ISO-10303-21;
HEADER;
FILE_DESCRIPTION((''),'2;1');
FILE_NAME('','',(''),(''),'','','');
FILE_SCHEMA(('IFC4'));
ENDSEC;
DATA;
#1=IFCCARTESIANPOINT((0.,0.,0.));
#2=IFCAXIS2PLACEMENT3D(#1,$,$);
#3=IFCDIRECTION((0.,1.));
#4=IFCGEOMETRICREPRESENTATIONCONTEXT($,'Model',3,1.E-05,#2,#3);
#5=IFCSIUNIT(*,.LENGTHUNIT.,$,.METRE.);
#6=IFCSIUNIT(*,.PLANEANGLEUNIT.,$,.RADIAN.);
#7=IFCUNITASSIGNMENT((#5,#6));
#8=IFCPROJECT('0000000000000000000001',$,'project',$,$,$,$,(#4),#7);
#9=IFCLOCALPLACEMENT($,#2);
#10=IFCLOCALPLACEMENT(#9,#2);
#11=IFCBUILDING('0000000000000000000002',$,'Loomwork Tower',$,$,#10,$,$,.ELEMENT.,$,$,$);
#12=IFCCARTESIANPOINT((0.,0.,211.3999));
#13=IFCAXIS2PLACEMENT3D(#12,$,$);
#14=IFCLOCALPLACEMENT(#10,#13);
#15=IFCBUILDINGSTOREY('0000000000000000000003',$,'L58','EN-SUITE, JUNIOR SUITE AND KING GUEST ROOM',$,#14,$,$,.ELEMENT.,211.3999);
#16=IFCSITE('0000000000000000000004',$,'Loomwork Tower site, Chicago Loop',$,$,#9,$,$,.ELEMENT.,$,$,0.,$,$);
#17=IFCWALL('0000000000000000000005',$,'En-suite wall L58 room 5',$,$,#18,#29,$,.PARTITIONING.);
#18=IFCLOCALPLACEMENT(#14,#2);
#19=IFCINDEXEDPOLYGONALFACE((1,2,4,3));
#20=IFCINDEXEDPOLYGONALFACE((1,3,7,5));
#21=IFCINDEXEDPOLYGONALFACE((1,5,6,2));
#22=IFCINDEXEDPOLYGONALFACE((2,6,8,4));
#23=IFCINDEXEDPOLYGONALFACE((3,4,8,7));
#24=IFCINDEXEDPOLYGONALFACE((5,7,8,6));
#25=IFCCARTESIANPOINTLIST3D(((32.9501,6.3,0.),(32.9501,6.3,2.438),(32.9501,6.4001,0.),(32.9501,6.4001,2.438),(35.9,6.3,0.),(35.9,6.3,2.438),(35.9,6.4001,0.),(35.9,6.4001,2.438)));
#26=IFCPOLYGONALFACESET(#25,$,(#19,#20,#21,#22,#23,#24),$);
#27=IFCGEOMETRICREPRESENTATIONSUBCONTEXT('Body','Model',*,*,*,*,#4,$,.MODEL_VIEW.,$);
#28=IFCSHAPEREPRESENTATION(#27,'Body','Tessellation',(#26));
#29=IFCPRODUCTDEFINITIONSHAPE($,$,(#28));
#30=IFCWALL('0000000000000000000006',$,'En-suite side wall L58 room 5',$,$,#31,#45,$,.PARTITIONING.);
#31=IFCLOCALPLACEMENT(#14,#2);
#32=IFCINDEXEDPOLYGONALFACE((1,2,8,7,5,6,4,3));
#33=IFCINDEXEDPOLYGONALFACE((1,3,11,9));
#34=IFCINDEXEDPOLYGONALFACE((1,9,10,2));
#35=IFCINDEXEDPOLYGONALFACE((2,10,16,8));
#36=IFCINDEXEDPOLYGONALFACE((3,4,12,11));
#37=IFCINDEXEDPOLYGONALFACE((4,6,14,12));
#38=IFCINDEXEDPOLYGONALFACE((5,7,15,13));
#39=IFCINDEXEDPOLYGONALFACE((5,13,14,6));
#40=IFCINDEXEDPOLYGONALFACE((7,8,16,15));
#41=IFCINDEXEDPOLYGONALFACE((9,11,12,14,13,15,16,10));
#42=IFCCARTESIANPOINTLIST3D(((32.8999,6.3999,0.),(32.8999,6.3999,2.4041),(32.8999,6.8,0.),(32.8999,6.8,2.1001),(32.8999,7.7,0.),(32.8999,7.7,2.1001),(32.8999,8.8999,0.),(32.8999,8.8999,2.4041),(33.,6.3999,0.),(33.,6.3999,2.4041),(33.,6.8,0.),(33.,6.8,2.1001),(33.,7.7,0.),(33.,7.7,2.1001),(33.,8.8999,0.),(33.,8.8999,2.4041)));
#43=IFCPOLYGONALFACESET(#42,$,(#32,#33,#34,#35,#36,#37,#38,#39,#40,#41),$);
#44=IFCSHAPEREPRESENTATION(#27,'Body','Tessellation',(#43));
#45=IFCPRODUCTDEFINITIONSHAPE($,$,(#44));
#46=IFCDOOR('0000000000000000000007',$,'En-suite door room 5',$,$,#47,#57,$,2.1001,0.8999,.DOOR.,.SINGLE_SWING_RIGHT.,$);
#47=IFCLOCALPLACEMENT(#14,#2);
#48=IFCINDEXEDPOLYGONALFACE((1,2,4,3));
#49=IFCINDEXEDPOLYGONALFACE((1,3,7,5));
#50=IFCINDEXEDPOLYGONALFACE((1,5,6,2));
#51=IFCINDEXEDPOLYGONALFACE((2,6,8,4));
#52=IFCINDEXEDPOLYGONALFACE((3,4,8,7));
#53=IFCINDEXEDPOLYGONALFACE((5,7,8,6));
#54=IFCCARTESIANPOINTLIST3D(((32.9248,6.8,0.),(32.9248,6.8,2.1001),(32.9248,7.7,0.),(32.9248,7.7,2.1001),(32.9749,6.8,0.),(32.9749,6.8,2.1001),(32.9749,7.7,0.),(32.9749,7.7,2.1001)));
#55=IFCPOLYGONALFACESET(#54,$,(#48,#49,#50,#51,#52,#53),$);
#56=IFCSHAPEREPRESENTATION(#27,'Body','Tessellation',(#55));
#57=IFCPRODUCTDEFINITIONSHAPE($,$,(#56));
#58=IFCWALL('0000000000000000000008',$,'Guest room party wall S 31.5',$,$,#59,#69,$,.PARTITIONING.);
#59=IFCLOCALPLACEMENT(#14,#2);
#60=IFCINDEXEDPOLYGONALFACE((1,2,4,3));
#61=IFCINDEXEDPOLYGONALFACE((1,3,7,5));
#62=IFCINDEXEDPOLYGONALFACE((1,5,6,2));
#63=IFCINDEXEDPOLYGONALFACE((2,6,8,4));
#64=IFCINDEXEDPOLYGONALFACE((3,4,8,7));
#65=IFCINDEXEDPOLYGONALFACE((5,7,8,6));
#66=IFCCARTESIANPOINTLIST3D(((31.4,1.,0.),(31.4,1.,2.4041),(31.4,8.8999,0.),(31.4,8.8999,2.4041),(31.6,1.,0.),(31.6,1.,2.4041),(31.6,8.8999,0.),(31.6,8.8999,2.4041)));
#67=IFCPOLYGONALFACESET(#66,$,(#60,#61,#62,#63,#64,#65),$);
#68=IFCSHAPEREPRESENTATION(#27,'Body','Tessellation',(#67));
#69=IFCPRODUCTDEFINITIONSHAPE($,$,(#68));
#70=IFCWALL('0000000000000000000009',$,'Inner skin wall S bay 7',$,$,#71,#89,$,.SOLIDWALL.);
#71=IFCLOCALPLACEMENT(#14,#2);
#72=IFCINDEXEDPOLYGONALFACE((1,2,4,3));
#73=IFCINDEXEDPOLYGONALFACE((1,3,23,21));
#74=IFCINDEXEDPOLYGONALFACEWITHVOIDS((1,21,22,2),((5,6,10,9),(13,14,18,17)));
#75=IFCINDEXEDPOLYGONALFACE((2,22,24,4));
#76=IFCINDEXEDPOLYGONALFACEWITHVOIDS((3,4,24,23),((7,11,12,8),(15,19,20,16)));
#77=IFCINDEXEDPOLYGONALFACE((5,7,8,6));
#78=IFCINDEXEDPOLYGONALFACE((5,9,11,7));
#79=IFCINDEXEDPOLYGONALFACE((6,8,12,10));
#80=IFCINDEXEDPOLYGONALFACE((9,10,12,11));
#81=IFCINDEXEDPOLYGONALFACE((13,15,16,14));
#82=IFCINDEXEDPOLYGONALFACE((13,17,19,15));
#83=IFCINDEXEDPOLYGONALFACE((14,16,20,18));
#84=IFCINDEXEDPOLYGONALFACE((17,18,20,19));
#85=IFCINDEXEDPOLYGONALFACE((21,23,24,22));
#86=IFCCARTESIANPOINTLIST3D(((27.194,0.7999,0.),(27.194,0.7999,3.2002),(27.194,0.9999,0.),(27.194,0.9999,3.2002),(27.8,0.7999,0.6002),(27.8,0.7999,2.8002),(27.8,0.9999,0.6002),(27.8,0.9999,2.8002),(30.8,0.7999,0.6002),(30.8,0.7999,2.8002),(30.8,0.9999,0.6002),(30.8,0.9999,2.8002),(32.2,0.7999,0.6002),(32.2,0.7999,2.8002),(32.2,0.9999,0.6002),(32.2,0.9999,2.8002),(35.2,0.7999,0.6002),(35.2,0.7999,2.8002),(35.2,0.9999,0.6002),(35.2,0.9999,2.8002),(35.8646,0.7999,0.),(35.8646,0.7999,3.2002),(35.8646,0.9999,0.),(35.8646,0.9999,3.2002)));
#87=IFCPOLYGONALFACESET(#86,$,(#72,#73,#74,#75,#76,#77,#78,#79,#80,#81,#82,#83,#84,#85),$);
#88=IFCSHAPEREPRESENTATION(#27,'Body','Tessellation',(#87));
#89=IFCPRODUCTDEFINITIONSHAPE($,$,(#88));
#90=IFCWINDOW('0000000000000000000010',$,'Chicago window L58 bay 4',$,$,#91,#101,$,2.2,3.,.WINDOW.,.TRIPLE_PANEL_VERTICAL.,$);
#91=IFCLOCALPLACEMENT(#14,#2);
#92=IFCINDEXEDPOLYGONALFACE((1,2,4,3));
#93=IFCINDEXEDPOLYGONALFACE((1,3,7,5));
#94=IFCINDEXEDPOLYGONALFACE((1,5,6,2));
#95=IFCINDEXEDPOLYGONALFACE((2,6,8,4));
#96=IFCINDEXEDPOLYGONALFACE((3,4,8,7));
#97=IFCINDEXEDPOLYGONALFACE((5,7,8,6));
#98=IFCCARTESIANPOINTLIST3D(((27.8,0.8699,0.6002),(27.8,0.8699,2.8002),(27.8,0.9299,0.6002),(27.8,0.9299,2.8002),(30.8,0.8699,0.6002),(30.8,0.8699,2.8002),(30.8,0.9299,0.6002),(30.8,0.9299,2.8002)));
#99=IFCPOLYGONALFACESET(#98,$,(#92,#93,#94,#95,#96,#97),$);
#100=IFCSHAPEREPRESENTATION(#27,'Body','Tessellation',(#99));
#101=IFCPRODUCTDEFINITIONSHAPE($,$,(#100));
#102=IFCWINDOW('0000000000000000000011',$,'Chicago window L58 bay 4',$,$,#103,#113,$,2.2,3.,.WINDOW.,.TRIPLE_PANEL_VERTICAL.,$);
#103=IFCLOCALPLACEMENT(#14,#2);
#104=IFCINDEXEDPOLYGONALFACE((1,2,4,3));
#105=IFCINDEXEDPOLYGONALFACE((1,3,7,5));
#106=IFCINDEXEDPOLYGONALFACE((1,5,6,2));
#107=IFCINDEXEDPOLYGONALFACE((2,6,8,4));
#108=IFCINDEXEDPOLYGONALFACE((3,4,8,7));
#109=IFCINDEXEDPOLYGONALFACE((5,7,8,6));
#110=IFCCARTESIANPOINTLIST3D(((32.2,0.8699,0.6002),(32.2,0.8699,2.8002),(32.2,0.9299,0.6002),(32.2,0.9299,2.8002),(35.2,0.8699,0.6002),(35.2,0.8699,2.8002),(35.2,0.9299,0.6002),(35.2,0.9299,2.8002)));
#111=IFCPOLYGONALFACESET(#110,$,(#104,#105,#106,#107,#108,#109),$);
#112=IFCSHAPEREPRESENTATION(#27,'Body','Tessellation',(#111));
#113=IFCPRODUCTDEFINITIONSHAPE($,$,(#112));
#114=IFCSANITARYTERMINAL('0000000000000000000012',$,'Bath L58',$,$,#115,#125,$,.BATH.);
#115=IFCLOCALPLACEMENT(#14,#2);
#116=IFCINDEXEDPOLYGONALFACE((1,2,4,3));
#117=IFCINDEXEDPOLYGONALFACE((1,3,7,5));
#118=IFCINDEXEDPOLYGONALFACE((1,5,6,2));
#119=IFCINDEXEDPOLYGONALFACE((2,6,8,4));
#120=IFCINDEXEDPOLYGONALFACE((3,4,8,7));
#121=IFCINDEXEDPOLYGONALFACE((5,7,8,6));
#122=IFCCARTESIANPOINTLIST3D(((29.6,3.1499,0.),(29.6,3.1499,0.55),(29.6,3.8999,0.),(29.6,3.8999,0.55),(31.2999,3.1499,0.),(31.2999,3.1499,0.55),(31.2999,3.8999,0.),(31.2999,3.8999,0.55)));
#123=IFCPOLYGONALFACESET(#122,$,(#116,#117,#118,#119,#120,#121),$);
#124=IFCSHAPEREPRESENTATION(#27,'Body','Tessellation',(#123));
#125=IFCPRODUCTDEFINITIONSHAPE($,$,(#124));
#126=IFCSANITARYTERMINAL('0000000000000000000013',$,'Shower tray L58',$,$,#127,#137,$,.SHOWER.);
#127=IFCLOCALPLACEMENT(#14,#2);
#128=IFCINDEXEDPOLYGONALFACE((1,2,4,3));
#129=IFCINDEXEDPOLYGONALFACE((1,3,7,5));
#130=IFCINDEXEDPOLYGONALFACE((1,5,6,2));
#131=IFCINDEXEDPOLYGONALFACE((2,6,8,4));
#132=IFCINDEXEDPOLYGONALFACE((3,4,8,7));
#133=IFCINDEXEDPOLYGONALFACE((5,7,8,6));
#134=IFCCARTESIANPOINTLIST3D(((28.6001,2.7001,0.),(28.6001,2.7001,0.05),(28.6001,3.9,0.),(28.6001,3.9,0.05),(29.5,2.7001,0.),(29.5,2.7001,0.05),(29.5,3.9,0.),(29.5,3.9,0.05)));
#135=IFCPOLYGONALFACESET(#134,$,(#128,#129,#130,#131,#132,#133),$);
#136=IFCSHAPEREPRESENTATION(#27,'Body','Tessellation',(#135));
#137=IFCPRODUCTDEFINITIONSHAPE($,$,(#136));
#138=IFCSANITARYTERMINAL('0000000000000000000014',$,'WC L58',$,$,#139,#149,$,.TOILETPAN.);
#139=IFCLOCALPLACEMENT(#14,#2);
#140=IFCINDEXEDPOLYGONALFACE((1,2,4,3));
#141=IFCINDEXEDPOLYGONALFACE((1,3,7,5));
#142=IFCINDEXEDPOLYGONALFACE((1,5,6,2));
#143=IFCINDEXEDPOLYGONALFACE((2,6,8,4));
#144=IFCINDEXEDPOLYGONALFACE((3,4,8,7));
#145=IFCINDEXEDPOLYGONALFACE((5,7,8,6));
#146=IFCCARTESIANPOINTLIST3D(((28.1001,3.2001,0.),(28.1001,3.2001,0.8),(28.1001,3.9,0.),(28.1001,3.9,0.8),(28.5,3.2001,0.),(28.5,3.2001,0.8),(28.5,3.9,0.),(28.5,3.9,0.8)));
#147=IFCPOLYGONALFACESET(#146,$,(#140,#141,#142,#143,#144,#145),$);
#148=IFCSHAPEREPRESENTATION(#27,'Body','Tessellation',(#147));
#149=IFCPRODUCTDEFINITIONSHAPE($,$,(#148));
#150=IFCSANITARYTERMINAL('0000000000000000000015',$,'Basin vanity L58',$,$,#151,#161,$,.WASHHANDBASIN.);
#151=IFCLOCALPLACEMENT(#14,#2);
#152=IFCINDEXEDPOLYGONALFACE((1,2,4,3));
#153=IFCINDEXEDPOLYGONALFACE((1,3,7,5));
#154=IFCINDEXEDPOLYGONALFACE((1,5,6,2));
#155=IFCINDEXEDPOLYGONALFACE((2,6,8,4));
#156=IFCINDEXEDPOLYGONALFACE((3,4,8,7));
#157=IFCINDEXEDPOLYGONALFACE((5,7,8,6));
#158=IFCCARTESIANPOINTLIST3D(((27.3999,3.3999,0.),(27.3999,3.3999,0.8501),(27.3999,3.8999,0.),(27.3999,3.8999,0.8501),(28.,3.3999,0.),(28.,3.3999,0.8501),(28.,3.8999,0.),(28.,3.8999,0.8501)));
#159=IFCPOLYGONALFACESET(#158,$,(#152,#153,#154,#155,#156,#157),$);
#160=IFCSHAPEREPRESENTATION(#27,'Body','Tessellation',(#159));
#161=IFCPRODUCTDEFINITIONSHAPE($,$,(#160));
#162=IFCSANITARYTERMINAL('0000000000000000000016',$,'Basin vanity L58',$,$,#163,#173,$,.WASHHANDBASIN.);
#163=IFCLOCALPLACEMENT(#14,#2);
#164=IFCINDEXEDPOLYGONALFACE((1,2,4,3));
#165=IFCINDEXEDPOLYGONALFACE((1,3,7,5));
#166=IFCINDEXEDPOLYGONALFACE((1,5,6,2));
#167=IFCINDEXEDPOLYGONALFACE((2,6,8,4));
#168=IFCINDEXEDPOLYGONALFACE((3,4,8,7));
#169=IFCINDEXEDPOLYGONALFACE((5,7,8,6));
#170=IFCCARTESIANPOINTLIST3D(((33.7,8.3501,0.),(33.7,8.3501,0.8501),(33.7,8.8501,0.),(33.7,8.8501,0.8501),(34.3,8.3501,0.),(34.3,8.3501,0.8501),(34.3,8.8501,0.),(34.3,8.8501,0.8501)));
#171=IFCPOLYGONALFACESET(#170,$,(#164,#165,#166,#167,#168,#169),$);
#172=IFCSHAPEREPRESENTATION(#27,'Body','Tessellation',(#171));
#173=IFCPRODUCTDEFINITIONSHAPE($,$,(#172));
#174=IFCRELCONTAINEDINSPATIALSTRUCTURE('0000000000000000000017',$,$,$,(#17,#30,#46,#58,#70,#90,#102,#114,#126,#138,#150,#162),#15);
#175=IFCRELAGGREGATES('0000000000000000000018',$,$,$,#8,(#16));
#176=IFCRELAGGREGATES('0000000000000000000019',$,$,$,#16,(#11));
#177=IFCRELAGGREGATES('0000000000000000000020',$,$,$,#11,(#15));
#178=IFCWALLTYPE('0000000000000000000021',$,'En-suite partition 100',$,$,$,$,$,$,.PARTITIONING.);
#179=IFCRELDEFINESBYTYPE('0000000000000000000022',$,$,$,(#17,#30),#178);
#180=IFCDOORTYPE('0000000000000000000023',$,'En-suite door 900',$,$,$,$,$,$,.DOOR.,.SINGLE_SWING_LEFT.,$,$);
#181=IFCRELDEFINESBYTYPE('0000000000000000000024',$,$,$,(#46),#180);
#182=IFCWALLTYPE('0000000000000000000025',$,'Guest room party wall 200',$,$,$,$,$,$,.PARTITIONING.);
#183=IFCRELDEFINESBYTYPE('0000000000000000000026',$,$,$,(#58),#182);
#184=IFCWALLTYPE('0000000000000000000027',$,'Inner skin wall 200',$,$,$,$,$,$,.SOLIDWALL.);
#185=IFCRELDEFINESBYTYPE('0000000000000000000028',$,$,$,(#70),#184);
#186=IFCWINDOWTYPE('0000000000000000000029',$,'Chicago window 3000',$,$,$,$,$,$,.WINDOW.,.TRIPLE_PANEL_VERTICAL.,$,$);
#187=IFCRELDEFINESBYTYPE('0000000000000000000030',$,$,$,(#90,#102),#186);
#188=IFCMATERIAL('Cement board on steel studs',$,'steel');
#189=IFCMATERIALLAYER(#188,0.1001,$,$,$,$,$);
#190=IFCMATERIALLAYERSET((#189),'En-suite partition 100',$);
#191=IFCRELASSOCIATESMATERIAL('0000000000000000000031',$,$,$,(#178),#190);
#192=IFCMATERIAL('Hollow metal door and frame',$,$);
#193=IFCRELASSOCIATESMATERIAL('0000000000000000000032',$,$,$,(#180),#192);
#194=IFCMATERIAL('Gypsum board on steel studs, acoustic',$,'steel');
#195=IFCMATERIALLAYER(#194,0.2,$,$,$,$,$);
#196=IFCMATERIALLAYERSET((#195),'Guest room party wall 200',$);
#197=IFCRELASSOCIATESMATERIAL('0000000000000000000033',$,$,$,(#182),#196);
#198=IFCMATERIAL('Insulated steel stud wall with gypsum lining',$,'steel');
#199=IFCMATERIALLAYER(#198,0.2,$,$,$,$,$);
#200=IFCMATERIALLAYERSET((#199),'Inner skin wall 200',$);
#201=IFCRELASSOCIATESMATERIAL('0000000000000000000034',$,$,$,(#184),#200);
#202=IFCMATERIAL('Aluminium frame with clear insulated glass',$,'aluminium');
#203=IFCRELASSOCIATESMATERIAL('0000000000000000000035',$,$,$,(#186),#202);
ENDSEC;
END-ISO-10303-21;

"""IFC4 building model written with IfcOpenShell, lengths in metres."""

from ifc_helpers import new_model, si_unit, direction, frame, frame_2d, origin, origin_2d, place, context, subcontext, project, spatial, rectangle, extrude, material, layer, layer_set, type_object, element, fill, save


model = new_model("IFC4")

# Units and contexts
model_context = context("Model", 3, precision=1e-05, world=origin(), true_north=direction((0.0, 1.0)))
body_context = subcontext(model_context, "Body", "Model", "MODEL_VIEW")
ifc_project = project(units=[si_unit("LENGTHUNIT", "METRE"), si_unit("PLANEANGLEUNIT", "RADIAN")], contexts=[model_context])

# Site, building, storey
site_placement = place(None, origin())
site = spatial("IfcSite", under=ifc_project, at=site_placement, Name="Loomwork Tower site, Chicago Loop", CompositionType="ELEMENT", RefElevation=0.0)
building_placement = place(site_placement, origin())
building = spatial("IfcBuilding", under=site, at=building_placement, Name="Loomwork Tower", CompositionType="ELEMENT")
storey_placement = place(building_placement, frame((0.0, 0.0, 211.3999)))
storey = spatial("IfcBuildingStorey", under=building, at=storey_placement, Name="L58", Description="EN-SUITE, JUNIOR SUITE AND KING GUEST ROOM", CompositionType="ELEMENT", Elevation=211.3999)

# Wall
ifc_material_1 = material(Name="Cement board on steel studs", Category="steel")
ifc_layer_1 = layer(ifc_material_1, 0.1001)
ifc_layer_set_1 = layer_set([ifc_layer_1], Name="En-suite partition 100")
wall_type_1 = type_object("IfcWallType", Name="En-suite partition 100", PredefinedType="PARTITIONING", material=ifc_layer_set_1)
wall_1_placement = place(storey_placement, frame((32.95, 6.3501, 0.0), z_axis=(0.0, 0.0, 1.0), x_axis=(1.0, 0.0, 0.0)))
element("IfcWall", 1, at=wall_1_placement, inside=storey, type_object=wall_type_1, Name="En-suite wall L58 room 5", PredefinedType="PARTITIONING", context=body_context, shape_type="SweptSolid", body=[
    extrude(rectangle(XDim=2.95, YDim=0.1001, at=frame_2d((1.4751, 0.0))), origin(), (0.0, 0.0, 1.0), 2.438),
])

# Wall, opening, door
wall_2_placement = place(storey_placement, frame((32.95, 8.8999, 0.0), z_axis=(0.0, 0.0, 1.0), x_axis=(0.0, -1.0, 0.0)))
wall_2 = element("IfcWall", 2, at=wall_2_placement, inside=storey, type_object=wall_type_1, Name="En-suite side wall L58 room 5", PredefinedType="PARTITIONING", context=body_context, shape_type="SweptSolid", body=[
    extrude(rectangle(XDim=2.5, YDim=0.1001, at=frame_2d((1.25, 0.0))), origin(), (0.0, 0.0, 1.0), 2.4041),
])
opening_1_placement = place(wall_2_placement, frame((1.2, 0.0, 0.0)))
opening_1 = element("IfcOpeningElement", 3, at=opening_1_placement, cuts=wall_2, PredefinedType="OPENING", context=body_context, shape_type="SweptSolid", body=[
    extrude(rectangle(XDim=0.8999, YDim=2.1001, at=frame_2d((0.45, 1.05))), frame((0.0, 0.0601, 0.0), z_axis=(0.0, -1.0, 0.0), x_axis=(1.0, 0.0, 0.0)), (0.0, 0.0, 1.0), 0.1201),
])
ifc_material_2 = material(Name="Hollow metal door and frame")
door_type_1 = type_object("IfcDoorType", Name="En-suite door 900", OperationType="SINGLE_SWING_LEFT", PredefinedType="DOOR", material=ifc_material_2)
door_1_placement = place(opening_1_placement, origin())
door_1 = element("IfcDoor", 4, at=door_1_placement, inside=storey, type_object=door_type_1, Name="En-suite door room 5", OperationType="SINGLE_SWING_RIGHT", OverallHeight=2.1001, OverallWidth=0.8999, PredefinedType="DOOR", context=body_context, shape_type="SweptSolid", body=[
    extrude(rectangle(XDim=0.8999, YDim=2.1001, at=frame_2d((0.45, 1.05))), frame((0.0, 0.0249, 0.0), z_axis=(0.0, -1.0, 0.0), x_axis=(1.0, 0.0, 0.0)), (0.0, 0.0, 1.0), 0.05),
])
fill(opening_1, door_1)

# Wall
ifc_material_3 = material(Name="Gypsum board on steel studs, acoustic", Category="steel")
ifc_layer_2 = layer(ifc_material_3, 0.2)
ifc_layer_set_2 = layer_set([ifc_layer_2], Name="Guest room party wall 200")
wall_type_2 = type_object("IfcWallType", Name="Guest room party wall 200", PredefinedType="PARTITIONING", material=ifc_layer_set_2)
wall_3_placement = place(storey_placement, frame((31.5, 8.8999, 0.0), z_axis=(0.0, 0.0, 1.0), x_axis=(0.0, -1.0, 0.0)))
element("IfcWall", 5, at=wall_3_placement, inside=storey, type_object=wall_type_2, Name="Guest room party wall S 31.5", PredefinedType="PARTITIONING", context=body_context, shape_type="SweptSolid", body=[
    extrude(rectangle(XDim=7.8999, YDim=0.2, at=frame_2d((3.95, 0.0))), origin(), (0.0, 0.0, 1.0), 2.4041),
])

# Wall, openings, windows
ifc_material_4 = material(Name="Insulated steel stud wall with gypsum lining", Category="steel")
ifc_layer_3 = layer(ifc_material_4, 0.2)
ifc_layer_set_3 = layer_set([ifc_layer_3], Name="Inner skin wall 200")
wall_type_3 = type_object("IfcWallType", Name="Inner skin wall 200", PredefinedType="SOLIDWALL", material=ifc_layer_set_3)
wall_4_placement = place(storey_placement, frame((27.1938, 0.8999, 0.0), z_axis=(0.0, 0.0, 1.0), x_axis=(1.0, 0.0, 0.0)))
wall_4 = element("IfcWall", 6, at=wall_4_placement, inside=storey, type_object=wall_type_3, Name="Inner skin wall S bay 7", PredefinedType="SOLIDWALL", context=body_context, shape_type="SweptSolid", body=[
    extrude(rectangle(XDim=8.6707, YDim=0.2, at=frame_2d((4.3354, 0.0))), origin(), (0.0, 0.0, 1.0), 3.2002),
])
opening_2_placement = place(wall_4_placement, frame((0.6062, 0.0, 0.6001)))
opening_2 = element("IfcOpeningElement", 7, at=opening_2_placement, cuts=wall_4, PredefinedType="OPENING", context=body_context, shape_type="SweptSolid", body=[
    extrude(rectangle(XDim=3.0, YDim=2.2, at=frame_2d((1.5, 1.1001))), frame((0.0, 0.1099, 0.0), z_axis=(0.0, -1.0, 0.0), x_axis=(1.0, 0.0, 0.0)), (0.0, 0.0, 1.0), 0.22),
])
opening_3_placement = place(wall_4_placement, frame((5.0061, 0.0, 0.6001)))
opening_3 = element("IfcOpeningElement", 8, at=opening_3_placement, cuts=wall_4, PredefinedType="OPENING", context=body_context, shape_type="SweptSolid", body=[
    extrude(rectangle(XDim=3.0, YDim=2.2, at=frame_2d((1.5, 1.1001))), frame((0.0, 0.1099, 0.0), z_axis=(0.0, -1.0, 0.0), x_axis=(1.0, 0.0, 0.0)), (0.0, 0.0, 1.0), 0.22),
])
ifc_material_5 = material(Name="Aluminium frame with clear insulated glass", Category="aluminium")
window_type = type_object("IfcWindowType", Name="Chicago window 3000", PartitioningType="TRIPLE_PANEL_VERTICAL", PredefinedType="WINDOW", material=ifc_material_5)
window_1_placement = place(opening_2_placement, origin())
window_1 = element("IfcWindow", 9, at=window_1_placement, inside=storey, type_object=window_type, Name="Chicago window L58 bay 4", OverallHeight=2.2, OverallWidth=3.0, PartitioningType="TRIPLE_PANEL_VERTICAL", PredefinedType="WINDOW", context=body_context, shape_type="SweptSolid", body=[
    extrude(rectangle(XDim=3.0, YDim=2.2, at=frame_2d((1.5, 1.1001))), frame((0.0, 0.03, 0.0), z_axis=(0.0, -1.0, 0.0), x_axis=(1.0, 0.0, 0.0)), (0.0, 0.0, 1.0), 0.0601),
])
fill(opening_2, window_1)
window_2_placement = place(opening_3_placement, origin())
window_2 = element("IfcWindow", 10, at=window_2_placement, inside=storey, type_object=window_type, Name="Chicago window L58 bay 4", OverallHeight=2.2, OverallWidth=3.0, PartitioningType="TRIPLE_PANEL_VERTICAL", PredefinedType="WINDOW", context=body_context, shape_type="SweptSolid", body=[
    extrude(rectangle(XDim=3.0, YDim=2.2, at=frame_2d((1.5, 1.1001))), frame((0.0, 0.03, 0.0), z_axis=(0.0, -1.0, 0.0), x_axis=(1.0, 0.0, 0.0)), (0.0, 0.0, 1.0), 0.0601),
])
fill(opening_3, window_2)

# Sanitary terminals
sanitary_terminal_1_placement = place(storey_placement, frame((30.45, 3.5249, 0.0), z_axis=(0.0, 0.0, 1.0), x_axis=(1.0, 0.0, 0.0)))
element("IfcSanitaryTerminal", 11, at=sanitary_terminal_1_placement, inside=storey, Name="Bath L58", PredefinedType="BATH", context=body_context, shape_type="SweptSolid", body=[
    extrude(rectangle(XDim=1.7, YDim=0.75, at=origin_2d()), origin(), (0.0, 0.0, 1.0), 0.55),
])
sanitary_terminal_2_placement = place(storey_placement, frame((29.05, 3.3, 0.0), z_axis=(0.0, 0.0, 1.0), x_axis=(1.0, 0.0, 0.0)))
element("IfcSanitaryTerminal", 12, at=sanitary_terminal_2_placement, inside=storey, Name="Shower tray L58", PredefinedType="SHOWER", context=body_context, shape_type="SweptSolid", body=[
    extrude(rectangle(XDim=0.8999, YDim=1.2, at=origin_2d()), origin(), (0.0, 0.0, 1.0), 0.05),
])
sanitary_terminal_3_placement = place(storey_placement, frame((28.3, 3.55, 0.0), z_axis=(0.0, 0.0, 1.0), x_axis=(1.0, 0.0, 0.0)))
element("IfcSanitaryTerminal", 13, at=sanitary_terminal_3_placement, inside=storey, Name="WC L58", PredefinedType="TOILETPAN", context=body_context, shape_type="SweptSolid", body=[
    extrude(rectangle(XDim=0.3999, YDim=0.7, at=origin_2d()), origin(), (0.0, 0.0, 1.0), 0.8),
])
for number, where, z_axis, x_axis, name in (
    (14, (27.7, 3.6499, 0.0), (0.0, 0.0, 1.0), (1.0, 0.0, 0.0), "Basin vanity L58"),
    (15, (34.0, 8.6001, 0.0), (0.0, 0.0, 1.0), (1.0, 0.0, 0.0), "Basin vanity L58"),
):
    element("IfcSanitaryTerminal", number, at=place(storey_placement, frame(where, z_axis=z_axis, x_axis=x_axis)), inside=storey, Name=name, PredefinedType="WASHHANDBASIN", context=body_context, shape_type="SweptSolid", body=[
        extrude(rectangle(XDim=0.6001, YDim=0.5, at=origin_2d()), origin(), (0.0, 0.0, 1.0), 0.8501),
    ])

save(model, "model.ifc")
